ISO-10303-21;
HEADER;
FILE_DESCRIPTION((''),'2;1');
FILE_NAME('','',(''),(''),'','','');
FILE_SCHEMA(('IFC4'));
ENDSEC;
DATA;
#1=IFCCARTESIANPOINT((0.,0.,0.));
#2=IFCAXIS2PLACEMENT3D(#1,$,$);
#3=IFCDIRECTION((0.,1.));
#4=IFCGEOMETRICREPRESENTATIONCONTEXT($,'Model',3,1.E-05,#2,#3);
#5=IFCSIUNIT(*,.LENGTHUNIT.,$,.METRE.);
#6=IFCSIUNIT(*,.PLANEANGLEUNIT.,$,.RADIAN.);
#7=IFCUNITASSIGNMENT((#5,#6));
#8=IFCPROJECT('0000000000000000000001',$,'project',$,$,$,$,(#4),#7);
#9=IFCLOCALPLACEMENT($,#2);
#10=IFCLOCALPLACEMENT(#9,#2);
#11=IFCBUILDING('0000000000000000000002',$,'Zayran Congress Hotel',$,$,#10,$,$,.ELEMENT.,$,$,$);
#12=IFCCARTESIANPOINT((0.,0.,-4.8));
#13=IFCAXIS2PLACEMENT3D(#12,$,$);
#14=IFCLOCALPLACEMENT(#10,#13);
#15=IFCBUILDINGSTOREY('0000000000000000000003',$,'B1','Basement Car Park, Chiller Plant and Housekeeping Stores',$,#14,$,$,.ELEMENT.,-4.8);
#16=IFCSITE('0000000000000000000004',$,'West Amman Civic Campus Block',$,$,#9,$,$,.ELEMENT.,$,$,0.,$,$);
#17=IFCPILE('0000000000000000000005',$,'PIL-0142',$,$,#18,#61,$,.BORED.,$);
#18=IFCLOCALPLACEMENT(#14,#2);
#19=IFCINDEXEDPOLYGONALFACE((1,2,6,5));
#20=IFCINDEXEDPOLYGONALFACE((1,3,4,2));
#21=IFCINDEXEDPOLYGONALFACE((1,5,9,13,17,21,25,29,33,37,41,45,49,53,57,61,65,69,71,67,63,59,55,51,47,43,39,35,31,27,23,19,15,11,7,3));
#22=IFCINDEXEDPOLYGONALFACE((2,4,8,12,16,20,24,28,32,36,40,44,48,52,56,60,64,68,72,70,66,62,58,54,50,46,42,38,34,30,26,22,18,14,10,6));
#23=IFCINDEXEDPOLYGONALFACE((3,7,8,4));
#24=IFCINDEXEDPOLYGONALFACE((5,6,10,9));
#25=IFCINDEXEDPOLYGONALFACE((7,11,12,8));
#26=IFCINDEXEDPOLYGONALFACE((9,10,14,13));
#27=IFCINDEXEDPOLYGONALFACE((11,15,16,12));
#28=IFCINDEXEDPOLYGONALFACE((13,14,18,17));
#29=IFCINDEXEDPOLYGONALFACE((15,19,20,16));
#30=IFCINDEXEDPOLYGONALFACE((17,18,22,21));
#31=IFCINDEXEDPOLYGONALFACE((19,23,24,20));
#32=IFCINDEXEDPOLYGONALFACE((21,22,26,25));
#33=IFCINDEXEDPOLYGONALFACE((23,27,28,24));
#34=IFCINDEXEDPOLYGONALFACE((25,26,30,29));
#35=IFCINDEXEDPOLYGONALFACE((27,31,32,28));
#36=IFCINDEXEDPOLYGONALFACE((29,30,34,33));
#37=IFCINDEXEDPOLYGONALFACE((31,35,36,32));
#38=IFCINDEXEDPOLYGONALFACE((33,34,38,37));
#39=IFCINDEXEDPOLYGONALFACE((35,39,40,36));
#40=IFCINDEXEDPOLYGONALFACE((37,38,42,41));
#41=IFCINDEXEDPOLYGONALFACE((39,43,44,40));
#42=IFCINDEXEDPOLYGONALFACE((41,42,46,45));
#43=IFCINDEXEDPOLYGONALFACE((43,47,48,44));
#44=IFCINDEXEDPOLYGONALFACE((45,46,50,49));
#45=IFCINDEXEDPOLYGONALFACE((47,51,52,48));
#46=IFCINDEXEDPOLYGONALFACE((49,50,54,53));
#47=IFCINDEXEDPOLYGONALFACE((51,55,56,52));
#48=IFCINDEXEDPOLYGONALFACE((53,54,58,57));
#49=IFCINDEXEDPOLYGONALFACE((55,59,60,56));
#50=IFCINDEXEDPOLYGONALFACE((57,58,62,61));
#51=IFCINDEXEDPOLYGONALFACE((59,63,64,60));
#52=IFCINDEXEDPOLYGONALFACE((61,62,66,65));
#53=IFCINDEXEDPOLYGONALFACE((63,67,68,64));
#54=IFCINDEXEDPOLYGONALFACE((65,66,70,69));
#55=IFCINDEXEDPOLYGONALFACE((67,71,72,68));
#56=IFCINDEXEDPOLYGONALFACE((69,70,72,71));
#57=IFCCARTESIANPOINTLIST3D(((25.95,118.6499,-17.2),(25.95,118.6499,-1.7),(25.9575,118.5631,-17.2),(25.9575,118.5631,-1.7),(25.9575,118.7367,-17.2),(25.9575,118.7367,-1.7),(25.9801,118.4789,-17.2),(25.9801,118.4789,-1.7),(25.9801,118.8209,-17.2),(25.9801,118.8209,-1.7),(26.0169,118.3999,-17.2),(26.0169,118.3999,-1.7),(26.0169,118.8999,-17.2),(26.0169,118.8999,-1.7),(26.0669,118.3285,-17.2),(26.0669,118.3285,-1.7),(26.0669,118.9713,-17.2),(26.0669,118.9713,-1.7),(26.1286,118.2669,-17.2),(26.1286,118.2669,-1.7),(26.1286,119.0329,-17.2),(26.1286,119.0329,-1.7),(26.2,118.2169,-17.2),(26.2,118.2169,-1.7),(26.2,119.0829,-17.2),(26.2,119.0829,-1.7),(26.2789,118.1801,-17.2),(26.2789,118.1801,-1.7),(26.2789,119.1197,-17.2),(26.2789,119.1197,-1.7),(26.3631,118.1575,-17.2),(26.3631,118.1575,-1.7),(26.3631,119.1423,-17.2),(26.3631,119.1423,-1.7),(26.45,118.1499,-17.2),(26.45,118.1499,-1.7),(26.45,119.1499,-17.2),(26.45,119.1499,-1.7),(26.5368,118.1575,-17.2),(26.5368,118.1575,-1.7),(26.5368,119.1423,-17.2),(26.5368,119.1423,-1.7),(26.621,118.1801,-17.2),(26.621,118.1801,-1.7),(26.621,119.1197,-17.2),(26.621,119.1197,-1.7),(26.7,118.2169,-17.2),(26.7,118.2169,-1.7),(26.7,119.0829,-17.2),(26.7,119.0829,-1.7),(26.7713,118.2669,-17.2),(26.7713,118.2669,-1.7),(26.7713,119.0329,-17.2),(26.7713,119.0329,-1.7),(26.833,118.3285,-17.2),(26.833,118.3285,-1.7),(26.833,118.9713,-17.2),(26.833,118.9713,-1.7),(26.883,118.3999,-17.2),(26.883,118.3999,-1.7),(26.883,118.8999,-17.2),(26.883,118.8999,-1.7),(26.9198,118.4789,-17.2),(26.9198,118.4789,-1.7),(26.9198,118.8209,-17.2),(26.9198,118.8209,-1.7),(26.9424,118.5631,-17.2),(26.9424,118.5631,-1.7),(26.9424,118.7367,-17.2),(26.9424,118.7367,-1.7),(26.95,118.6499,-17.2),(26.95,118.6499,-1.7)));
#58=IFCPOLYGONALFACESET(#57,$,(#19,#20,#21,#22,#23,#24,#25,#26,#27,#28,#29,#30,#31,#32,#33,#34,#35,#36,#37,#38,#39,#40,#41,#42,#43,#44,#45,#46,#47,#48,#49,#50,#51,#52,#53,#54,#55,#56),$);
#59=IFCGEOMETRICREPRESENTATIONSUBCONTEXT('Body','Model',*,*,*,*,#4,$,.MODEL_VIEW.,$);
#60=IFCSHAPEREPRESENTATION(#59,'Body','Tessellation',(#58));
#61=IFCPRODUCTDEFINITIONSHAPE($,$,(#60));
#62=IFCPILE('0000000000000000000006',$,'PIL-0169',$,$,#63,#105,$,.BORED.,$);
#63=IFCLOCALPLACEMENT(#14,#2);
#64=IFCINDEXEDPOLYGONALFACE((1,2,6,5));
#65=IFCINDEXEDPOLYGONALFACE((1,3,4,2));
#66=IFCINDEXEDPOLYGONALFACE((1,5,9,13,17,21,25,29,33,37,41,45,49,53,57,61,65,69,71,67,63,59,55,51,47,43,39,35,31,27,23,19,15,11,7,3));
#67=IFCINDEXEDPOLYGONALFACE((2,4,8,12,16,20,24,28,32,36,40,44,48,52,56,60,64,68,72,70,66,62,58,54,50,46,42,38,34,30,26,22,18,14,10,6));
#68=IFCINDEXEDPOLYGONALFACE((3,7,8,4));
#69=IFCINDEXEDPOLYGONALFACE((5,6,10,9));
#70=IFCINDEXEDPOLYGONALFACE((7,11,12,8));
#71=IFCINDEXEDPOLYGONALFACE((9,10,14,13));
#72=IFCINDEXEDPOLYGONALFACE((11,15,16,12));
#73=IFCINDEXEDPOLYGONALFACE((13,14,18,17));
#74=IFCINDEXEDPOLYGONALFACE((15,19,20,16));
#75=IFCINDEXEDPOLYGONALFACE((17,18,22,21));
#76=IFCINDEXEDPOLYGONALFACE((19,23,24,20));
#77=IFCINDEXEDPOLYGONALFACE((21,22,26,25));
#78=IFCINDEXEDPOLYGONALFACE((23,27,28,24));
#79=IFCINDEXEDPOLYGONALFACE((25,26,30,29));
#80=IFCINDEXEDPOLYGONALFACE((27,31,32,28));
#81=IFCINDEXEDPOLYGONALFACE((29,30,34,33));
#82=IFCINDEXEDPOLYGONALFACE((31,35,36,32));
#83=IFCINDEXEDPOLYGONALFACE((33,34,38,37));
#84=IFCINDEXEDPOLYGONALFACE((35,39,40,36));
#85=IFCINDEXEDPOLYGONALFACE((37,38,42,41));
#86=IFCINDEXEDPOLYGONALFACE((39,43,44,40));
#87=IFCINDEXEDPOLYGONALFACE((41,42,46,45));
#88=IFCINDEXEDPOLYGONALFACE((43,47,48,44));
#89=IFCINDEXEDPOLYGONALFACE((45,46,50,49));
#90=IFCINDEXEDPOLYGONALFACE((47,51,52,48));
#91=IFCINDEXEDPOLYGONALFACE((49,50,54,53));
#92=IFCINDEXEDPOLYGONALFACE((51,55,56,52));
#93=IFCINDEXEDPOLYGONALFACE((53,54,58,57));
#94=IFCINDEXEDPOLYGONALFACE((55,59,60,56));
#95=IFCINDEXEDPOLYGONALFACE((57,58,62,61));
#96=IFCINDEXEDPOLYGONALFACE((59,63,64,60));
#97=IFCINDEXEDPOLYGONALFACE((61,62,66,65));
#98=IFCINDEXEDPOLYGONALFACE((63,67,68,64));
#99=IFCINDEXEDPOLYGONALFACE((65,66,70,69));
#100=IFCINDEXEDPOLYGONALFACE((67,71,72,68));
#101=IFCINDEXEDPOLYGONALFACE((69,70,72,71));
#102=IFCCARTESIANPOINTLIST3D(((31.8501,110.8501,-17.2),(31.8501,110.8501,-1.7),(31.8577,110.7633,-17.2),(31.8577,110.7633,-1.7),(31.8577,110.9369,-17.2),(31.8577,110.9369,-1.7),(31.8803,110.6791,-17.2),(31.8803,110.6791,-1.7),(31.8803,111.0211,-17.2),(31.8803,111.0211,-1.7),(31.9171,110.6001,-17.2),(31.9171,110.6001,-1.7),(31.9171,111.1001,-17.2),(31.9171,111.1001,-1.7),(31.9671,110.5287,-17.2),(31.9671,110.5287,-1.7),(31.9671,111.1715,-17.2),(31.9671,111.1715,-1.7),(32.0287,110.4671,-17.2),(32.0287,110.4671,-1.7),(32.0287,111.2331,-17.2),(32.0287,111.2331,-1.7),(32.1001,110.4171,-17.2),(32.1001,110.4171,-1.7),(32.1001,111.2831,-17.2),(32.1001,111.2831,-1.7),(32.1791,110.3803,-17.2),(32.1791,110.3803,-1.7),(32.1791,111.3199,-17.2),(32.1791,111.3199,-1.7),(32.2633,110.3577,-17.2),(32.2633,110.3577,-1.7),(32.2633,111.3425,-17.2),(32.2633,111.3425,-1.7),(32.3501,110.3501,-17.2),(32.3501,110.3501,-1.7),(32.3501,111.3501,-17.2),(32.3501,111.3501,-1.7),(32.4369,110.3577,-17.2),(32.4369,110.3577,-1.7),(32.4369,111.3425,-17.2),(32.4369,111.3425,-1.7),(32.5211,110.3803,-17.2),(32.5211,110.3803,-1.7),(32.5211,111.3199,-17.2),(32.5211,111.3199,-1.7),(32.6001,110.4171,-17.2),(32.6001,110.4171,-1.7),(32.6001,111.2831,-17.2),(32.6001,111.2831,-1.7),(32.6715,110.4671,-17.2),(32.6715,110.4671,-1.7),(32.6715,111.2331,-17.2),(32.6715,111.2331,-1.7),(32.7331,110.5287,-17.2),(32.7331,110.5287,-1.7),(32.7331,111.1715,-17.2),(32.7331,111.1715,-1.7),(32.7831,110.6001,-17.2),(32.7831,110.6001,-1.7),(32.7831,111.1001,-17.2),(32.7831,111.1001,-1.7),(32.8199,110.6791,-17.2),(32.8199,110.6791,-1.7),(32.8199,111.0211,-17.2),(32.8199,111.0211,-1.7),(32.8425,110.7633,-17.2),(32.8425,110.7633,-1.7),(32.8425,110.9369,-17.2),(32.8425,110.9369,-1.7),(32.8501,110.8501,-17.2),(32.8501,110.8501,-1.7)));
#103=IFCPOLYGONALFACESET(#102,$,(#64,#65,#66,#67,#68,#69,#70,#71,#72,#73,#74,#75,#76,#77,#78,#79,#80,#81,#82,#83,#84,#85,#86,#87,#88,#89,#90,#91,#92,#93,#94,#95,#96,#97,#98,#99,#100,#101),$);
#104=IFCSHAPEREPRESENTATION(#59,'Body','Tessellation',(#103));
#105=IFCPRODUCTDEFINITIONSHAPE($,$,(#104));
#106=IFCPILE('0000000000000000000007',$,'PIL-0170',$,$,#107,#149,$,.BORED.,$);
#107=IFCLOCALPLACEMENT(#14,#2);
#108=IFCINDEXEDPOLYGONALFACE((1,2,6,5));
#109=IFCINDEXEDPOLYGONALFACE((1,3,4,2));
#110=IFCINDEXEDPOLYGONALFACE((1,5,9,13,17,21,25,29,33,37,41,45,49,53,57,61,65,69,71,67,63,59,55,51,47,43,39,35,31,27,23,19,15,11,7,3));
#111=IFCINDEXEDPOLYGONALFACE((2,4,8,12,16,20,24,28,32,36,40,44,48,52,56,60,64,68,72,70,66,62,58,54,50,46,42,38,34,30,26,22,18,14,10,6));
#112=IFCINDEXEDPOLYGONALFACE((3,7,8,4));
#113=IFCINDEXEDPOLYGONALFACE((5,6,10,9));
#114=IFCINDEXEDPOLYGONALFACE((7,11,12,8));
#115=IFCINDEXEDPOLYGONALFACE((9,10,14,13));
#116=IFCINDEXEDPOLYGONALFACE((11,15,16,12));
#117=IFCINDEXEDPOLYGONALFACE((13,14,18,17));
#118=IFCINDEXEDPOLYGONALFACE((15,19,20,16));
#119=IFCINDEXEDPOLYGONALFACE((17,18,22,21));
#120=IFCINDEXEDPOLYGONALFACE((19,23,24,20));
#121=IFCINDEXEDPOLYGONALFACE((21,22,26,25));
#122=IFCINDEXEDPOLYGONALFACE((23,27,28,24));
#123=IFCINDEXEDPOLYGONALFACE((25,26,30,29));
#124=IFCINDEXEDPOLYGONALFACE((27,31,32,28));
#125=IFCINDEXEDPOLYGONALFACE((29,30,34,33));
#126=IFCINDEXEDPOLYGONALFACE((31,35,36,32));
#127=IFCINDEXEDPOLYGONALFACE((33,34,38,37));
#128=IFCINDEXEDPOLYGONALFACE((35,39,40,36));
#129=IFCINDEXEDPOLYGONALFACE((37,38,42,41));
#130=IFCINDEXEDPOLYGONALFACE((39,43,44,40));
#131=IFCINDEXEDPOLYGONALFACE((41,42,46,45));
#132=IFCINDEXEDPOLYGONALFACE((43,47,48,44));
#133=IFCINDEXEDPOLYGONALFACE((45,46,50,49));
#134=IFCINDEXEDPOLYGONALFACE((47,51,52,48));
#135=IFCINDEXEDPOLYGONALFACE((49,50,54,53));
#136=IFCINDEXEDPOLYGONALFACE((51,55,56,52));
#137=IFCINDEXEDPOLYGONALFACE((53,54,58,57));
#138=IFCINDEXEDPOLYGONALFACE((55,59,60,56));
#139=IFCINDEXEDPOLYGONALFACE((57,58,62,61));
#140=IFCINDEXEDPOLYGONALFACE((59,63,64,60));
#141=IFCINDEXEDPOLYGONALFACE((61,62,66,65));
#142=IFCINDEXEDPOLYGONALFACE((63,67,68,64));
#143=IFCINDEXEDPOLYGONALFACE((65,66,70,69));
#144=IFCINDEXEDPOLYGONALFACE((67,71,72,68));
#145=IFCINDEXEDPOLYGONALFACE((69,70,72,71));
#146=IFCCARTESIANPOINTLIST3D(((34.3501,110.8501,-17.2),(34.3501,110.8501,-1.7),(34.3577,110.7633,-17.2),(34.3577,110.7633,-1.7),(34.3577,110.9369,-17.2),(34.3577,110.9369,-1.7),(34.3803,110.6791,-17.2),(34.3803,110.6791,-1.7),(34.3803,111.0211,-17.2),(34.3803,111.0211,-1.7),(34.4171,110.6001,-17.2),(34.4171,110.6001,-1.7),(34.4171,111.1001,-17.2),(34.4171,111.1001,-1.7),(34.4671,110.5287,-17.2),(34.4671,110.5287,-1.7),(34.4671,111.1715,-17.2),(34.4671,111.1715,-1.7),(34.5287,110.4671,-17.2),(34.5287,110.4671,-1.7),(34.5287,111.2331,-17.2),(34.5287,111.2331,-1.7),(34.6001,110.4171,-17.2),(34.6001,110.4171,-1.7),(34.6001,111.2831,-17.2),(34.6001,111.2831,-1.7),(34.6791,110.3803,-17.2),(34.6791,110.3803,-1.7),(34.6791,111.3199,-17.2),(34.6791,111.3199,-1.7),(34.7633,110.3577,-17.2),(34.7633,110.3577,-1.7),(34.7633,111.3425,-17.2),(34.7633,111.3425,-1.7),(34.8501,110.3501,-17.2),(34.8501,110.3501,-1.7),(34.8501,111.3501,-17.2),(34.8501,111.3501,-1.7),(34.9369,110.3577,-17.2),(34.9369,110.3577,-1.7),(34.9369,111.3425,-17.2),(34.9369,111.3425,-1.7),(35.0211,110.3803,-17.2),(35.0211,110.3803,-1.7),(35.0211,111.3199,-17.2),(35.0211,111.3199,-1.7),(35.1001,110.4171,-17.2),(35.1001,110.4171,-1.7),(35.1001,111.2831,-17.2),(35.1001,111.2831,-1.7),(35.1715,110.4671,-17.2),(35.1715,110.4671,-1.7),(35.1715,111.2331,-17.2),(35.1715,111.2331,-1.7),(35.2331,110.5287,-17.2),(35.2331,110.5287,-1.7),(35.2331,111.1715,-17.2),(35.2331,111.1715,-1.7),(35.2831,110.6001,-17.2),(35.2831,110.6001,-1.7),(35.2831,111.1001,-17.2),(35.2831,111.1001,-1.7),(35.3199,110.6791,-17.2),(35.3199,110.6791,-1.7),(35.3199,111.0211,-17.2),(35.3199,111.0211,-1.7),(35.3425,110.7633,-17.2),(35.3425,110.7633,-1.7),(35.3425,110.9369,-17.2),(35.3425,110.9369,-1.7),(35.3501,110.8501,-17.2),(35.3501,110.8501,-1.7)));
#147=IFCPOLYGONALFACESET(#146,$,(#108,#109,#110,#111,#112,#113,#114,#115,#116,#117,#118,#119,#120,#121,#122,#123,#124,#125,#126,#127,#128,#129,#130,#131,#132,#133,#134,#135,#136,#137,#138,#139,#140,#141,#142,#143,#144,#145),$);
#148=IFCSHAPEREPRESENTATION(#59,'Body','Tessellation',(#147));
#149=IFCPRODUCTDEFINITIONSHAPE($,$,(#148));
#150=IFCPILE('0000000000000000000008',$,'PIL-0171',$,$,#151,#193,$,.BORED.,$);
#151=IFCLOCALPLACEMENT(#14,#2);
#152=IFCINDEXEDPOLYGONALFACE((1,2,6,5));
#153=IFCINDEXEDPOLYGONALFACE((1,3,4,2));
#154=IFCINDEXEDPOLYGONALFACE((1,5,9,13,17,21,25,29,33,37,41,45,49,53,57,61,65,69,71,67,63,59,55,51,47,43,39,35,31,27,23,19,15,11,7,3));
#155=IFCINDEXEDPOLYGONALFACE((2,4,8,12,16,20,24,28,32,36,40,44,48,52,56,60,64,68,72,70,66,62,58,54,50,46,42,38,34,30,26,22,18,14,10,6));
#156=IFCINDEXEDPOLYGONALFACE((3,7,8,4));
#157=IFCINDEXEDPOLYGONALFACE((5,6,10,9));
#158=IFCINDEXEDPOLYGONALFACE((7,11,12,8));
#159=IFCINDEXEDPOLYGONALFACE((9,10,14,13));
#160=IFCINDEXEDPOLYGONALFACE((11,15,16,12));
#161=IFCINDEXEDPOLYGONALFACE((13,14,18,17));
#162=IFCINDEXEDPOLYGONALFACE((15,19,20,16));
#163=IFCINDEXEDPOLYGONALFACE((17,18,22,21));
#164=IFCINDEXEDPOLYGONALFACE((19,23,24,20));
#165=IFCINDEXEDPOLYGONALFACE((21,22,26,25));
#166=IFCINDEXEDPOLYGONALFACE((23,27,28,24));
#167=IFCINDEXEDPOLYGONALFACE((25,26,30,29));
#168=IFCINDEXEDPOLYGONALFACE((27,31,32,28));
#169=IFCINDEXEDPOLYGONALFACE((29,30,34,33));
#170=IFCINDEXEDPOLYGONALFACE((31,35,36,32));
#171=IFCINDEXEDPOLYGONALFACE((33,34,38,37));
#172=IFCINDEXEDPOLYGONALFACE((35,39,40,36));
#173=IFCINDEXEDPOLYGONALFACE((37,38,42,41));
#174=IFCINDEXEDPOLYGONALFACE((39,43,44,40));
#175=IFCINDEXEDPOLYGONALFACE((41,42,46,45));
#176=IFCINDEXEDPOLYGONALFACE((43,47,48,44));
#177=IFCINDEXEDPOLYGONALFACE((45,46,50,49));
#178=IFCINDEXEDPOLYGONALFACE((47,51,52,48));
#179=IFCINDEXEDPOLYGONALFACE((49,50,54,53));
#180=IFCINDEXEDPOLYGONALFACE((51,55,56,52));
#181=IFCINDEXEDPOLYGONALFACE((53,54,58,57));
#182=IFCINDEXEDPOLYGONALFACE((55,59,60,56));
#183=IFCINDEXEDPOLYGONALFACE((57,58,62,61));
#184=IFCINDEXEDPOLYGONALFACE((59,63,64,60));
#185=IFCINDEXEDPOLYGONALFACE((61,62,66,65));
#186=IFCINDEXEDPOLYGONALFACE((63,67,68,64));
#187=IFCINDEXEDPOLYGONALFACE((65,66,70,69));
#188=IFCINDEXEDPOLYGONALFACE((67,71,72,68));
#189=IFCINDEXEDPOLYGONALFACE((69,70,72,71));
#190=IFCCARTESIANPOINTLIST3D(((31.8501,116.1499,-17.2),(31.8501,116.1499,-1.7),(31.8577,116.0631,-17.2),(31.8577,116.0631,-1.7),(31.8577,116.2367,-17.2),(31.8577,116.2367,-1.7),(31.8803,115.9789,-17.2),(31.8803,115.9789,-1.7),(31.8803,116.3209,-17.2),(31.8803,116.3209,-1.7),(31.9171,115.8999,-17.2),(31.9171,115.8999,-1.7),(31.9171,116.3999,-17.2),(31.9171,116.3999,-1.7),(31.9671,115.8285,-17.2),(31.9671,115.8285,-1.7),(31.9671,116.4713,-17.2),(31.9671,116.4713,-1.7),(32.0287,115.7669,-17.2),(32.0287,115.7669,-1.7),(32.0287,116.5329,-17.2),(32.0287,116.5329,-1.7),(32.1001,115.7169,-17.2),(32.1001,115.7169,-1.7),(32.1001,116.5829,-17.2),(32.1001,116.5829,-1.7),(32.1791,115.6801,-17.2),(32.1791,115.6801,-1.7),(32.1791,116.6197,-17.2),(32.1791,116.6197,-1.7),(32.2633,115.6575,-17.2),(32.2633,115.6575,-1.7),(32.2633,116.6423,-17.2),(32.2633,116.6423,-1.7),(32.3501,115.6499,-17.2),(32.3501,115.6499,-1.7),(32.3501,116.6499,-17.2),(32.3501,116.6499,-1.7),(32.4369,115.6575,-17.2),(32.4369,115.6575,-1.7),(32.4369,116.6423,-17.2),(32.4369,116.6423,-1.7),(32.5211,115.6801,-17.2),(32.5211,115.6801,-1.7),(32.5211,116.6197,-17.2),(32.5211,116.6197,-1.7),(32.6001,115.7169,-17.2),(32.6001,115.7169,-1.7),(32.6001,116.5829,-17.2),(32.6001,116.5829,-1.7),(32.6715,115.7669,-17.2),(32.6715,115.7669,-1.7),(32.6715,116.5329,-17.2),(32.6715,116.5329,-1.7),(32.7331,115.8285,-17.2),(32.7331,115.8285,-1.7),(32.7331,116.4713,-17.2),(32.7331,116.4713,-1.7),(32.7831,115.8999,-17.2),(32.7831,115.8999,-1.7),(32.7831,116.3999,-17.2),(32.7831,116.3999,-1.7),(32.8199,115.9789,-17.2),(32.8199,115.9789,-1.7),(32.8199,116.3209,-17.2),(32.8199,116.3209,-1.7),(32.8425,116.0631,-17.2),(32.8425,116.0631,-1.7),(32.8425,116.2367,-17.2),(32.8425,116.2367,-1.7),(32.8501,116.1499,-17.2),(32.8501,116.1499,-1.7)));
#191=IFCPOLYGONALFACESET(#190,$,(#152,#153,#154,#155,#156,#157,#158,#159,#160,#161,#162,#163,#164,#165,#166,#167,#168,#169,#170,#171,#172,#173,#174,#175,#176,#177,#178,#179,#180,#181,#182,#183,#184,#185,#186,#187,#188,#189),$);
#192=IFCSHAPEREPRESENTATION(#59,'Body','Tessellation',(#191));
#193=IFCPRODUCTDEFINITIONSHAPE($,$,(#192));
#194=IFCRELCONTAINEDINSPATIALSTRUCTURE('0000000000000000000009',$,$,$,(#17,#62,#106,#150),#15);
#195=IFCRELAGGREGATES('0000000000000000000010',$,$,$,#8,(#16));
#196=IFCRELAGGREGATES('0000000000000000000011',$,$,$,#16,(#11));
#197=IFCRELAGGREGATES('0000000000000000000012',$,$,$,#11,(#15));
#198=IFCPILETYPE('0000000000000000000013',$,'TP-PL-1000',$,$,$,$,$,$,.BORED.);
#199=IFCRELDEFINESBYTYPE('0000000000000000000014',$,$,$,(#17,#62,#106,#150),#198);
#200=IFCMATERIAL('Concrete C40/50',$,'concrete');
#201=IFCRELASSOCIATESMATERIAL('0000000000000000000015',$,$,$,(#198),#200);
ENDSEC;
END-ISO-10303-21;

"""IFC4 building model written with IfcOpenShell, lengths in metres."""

from ifc_helpers import new_model, si_unit, direction, frame, origin, origin_2d, place, context, subcontext, project, spatial, circle, extrude, material, material_profile, profile_set, type_object, element, save


model = new_model("IFC4")

# Units and contexts
model_context = context("Model", 3, precision=1e-05, world=origin(), true_north=direction((0.0, 1.0)))
body_context = subcontext(model_context, "Body", "Model", "MODEL_VIEW")
ifc_project = project(units=[si_unit("LENGTHUNIT", "METRE"), si_unit("PLANEANGLEUNIT", "RADIAN")], contexts=[model_context])

# Site, building, storey
site_placement = place(None, origin())
site = spatial("IfcSite", under=ifc_project, at=site_placement, Name="West Amman Civic Campus Block", CompositionType="ELEMENT", RefElevation=0.0)
building_placement = place(site_placement, origin())
building = spatial("IfcBuilding", under=site, at=building_placement, Name="Zayran Congress Hotel", CompositionType="ELEMENT")
storey_placement = place(building_placement, frame((0.0, 0.0, -4.8)))
storey = spatial("IfcBuildingStorey", under=building, at=storey_placement, Name="B1", Description="Basement Car Park, Chiller Plant and Housekeeping Stores", CompositionType="ELEMENT", Elevation=-4.8)

# Piles
ifc_material = material(Name="Concrete C40/50", Category="concrete")
ifc_material_profile_1 = material_profile(ifc_material, circle(Radius=0.5, at=origin_2d()), Name="PILE D1000")
ifc_profile_set_1 = profile_set([ifc_material_profile_1], Name="Concrete C40/50")
pile_type = type_object("IfcPileType", Name="TP-PL-1000", PredefinedType="BORED", material=ifc_profile_set_1)
for number, where, z_axis, x_axis, name in (
    (1, (26.45, 118.6499, -1.7), (0.0, 0.0, -1.0), (1.0, 0.0, 0.0), "PIL-0142"),
    (2, (32.3501, 110.8501, -1.7), (0.0, 0.0, -1.0), (1.0, 0.0, 0.0), "PIL-0169"),
    (3, (34.8501, 110.8501, -1.7), (0.0, 0.0, -1.0), (1.0, 0.0, 0.0), "PIL-0170"),
    (4, (32.3501, 116.1499, -1.7), (0.0, 0.0, -1.0), (1.0, 0.0, 0.0), "PIL-0171"),
):
    element("IfcPile", number, at=place(storey_placement, frame(where, z_axis=z_axis, x_axis=x_axis)), inside=storey, type_object=pile_type, Name=name, PredefinedType="BORED", context=body_context, shape_type="SweptSolid", body=[
        extrude(circle(Radius=0.5, at=origin_2d()), origin(), (0.0, 0.0, 1.0), 15.5),
    ])

save(model, "model.ifc")
